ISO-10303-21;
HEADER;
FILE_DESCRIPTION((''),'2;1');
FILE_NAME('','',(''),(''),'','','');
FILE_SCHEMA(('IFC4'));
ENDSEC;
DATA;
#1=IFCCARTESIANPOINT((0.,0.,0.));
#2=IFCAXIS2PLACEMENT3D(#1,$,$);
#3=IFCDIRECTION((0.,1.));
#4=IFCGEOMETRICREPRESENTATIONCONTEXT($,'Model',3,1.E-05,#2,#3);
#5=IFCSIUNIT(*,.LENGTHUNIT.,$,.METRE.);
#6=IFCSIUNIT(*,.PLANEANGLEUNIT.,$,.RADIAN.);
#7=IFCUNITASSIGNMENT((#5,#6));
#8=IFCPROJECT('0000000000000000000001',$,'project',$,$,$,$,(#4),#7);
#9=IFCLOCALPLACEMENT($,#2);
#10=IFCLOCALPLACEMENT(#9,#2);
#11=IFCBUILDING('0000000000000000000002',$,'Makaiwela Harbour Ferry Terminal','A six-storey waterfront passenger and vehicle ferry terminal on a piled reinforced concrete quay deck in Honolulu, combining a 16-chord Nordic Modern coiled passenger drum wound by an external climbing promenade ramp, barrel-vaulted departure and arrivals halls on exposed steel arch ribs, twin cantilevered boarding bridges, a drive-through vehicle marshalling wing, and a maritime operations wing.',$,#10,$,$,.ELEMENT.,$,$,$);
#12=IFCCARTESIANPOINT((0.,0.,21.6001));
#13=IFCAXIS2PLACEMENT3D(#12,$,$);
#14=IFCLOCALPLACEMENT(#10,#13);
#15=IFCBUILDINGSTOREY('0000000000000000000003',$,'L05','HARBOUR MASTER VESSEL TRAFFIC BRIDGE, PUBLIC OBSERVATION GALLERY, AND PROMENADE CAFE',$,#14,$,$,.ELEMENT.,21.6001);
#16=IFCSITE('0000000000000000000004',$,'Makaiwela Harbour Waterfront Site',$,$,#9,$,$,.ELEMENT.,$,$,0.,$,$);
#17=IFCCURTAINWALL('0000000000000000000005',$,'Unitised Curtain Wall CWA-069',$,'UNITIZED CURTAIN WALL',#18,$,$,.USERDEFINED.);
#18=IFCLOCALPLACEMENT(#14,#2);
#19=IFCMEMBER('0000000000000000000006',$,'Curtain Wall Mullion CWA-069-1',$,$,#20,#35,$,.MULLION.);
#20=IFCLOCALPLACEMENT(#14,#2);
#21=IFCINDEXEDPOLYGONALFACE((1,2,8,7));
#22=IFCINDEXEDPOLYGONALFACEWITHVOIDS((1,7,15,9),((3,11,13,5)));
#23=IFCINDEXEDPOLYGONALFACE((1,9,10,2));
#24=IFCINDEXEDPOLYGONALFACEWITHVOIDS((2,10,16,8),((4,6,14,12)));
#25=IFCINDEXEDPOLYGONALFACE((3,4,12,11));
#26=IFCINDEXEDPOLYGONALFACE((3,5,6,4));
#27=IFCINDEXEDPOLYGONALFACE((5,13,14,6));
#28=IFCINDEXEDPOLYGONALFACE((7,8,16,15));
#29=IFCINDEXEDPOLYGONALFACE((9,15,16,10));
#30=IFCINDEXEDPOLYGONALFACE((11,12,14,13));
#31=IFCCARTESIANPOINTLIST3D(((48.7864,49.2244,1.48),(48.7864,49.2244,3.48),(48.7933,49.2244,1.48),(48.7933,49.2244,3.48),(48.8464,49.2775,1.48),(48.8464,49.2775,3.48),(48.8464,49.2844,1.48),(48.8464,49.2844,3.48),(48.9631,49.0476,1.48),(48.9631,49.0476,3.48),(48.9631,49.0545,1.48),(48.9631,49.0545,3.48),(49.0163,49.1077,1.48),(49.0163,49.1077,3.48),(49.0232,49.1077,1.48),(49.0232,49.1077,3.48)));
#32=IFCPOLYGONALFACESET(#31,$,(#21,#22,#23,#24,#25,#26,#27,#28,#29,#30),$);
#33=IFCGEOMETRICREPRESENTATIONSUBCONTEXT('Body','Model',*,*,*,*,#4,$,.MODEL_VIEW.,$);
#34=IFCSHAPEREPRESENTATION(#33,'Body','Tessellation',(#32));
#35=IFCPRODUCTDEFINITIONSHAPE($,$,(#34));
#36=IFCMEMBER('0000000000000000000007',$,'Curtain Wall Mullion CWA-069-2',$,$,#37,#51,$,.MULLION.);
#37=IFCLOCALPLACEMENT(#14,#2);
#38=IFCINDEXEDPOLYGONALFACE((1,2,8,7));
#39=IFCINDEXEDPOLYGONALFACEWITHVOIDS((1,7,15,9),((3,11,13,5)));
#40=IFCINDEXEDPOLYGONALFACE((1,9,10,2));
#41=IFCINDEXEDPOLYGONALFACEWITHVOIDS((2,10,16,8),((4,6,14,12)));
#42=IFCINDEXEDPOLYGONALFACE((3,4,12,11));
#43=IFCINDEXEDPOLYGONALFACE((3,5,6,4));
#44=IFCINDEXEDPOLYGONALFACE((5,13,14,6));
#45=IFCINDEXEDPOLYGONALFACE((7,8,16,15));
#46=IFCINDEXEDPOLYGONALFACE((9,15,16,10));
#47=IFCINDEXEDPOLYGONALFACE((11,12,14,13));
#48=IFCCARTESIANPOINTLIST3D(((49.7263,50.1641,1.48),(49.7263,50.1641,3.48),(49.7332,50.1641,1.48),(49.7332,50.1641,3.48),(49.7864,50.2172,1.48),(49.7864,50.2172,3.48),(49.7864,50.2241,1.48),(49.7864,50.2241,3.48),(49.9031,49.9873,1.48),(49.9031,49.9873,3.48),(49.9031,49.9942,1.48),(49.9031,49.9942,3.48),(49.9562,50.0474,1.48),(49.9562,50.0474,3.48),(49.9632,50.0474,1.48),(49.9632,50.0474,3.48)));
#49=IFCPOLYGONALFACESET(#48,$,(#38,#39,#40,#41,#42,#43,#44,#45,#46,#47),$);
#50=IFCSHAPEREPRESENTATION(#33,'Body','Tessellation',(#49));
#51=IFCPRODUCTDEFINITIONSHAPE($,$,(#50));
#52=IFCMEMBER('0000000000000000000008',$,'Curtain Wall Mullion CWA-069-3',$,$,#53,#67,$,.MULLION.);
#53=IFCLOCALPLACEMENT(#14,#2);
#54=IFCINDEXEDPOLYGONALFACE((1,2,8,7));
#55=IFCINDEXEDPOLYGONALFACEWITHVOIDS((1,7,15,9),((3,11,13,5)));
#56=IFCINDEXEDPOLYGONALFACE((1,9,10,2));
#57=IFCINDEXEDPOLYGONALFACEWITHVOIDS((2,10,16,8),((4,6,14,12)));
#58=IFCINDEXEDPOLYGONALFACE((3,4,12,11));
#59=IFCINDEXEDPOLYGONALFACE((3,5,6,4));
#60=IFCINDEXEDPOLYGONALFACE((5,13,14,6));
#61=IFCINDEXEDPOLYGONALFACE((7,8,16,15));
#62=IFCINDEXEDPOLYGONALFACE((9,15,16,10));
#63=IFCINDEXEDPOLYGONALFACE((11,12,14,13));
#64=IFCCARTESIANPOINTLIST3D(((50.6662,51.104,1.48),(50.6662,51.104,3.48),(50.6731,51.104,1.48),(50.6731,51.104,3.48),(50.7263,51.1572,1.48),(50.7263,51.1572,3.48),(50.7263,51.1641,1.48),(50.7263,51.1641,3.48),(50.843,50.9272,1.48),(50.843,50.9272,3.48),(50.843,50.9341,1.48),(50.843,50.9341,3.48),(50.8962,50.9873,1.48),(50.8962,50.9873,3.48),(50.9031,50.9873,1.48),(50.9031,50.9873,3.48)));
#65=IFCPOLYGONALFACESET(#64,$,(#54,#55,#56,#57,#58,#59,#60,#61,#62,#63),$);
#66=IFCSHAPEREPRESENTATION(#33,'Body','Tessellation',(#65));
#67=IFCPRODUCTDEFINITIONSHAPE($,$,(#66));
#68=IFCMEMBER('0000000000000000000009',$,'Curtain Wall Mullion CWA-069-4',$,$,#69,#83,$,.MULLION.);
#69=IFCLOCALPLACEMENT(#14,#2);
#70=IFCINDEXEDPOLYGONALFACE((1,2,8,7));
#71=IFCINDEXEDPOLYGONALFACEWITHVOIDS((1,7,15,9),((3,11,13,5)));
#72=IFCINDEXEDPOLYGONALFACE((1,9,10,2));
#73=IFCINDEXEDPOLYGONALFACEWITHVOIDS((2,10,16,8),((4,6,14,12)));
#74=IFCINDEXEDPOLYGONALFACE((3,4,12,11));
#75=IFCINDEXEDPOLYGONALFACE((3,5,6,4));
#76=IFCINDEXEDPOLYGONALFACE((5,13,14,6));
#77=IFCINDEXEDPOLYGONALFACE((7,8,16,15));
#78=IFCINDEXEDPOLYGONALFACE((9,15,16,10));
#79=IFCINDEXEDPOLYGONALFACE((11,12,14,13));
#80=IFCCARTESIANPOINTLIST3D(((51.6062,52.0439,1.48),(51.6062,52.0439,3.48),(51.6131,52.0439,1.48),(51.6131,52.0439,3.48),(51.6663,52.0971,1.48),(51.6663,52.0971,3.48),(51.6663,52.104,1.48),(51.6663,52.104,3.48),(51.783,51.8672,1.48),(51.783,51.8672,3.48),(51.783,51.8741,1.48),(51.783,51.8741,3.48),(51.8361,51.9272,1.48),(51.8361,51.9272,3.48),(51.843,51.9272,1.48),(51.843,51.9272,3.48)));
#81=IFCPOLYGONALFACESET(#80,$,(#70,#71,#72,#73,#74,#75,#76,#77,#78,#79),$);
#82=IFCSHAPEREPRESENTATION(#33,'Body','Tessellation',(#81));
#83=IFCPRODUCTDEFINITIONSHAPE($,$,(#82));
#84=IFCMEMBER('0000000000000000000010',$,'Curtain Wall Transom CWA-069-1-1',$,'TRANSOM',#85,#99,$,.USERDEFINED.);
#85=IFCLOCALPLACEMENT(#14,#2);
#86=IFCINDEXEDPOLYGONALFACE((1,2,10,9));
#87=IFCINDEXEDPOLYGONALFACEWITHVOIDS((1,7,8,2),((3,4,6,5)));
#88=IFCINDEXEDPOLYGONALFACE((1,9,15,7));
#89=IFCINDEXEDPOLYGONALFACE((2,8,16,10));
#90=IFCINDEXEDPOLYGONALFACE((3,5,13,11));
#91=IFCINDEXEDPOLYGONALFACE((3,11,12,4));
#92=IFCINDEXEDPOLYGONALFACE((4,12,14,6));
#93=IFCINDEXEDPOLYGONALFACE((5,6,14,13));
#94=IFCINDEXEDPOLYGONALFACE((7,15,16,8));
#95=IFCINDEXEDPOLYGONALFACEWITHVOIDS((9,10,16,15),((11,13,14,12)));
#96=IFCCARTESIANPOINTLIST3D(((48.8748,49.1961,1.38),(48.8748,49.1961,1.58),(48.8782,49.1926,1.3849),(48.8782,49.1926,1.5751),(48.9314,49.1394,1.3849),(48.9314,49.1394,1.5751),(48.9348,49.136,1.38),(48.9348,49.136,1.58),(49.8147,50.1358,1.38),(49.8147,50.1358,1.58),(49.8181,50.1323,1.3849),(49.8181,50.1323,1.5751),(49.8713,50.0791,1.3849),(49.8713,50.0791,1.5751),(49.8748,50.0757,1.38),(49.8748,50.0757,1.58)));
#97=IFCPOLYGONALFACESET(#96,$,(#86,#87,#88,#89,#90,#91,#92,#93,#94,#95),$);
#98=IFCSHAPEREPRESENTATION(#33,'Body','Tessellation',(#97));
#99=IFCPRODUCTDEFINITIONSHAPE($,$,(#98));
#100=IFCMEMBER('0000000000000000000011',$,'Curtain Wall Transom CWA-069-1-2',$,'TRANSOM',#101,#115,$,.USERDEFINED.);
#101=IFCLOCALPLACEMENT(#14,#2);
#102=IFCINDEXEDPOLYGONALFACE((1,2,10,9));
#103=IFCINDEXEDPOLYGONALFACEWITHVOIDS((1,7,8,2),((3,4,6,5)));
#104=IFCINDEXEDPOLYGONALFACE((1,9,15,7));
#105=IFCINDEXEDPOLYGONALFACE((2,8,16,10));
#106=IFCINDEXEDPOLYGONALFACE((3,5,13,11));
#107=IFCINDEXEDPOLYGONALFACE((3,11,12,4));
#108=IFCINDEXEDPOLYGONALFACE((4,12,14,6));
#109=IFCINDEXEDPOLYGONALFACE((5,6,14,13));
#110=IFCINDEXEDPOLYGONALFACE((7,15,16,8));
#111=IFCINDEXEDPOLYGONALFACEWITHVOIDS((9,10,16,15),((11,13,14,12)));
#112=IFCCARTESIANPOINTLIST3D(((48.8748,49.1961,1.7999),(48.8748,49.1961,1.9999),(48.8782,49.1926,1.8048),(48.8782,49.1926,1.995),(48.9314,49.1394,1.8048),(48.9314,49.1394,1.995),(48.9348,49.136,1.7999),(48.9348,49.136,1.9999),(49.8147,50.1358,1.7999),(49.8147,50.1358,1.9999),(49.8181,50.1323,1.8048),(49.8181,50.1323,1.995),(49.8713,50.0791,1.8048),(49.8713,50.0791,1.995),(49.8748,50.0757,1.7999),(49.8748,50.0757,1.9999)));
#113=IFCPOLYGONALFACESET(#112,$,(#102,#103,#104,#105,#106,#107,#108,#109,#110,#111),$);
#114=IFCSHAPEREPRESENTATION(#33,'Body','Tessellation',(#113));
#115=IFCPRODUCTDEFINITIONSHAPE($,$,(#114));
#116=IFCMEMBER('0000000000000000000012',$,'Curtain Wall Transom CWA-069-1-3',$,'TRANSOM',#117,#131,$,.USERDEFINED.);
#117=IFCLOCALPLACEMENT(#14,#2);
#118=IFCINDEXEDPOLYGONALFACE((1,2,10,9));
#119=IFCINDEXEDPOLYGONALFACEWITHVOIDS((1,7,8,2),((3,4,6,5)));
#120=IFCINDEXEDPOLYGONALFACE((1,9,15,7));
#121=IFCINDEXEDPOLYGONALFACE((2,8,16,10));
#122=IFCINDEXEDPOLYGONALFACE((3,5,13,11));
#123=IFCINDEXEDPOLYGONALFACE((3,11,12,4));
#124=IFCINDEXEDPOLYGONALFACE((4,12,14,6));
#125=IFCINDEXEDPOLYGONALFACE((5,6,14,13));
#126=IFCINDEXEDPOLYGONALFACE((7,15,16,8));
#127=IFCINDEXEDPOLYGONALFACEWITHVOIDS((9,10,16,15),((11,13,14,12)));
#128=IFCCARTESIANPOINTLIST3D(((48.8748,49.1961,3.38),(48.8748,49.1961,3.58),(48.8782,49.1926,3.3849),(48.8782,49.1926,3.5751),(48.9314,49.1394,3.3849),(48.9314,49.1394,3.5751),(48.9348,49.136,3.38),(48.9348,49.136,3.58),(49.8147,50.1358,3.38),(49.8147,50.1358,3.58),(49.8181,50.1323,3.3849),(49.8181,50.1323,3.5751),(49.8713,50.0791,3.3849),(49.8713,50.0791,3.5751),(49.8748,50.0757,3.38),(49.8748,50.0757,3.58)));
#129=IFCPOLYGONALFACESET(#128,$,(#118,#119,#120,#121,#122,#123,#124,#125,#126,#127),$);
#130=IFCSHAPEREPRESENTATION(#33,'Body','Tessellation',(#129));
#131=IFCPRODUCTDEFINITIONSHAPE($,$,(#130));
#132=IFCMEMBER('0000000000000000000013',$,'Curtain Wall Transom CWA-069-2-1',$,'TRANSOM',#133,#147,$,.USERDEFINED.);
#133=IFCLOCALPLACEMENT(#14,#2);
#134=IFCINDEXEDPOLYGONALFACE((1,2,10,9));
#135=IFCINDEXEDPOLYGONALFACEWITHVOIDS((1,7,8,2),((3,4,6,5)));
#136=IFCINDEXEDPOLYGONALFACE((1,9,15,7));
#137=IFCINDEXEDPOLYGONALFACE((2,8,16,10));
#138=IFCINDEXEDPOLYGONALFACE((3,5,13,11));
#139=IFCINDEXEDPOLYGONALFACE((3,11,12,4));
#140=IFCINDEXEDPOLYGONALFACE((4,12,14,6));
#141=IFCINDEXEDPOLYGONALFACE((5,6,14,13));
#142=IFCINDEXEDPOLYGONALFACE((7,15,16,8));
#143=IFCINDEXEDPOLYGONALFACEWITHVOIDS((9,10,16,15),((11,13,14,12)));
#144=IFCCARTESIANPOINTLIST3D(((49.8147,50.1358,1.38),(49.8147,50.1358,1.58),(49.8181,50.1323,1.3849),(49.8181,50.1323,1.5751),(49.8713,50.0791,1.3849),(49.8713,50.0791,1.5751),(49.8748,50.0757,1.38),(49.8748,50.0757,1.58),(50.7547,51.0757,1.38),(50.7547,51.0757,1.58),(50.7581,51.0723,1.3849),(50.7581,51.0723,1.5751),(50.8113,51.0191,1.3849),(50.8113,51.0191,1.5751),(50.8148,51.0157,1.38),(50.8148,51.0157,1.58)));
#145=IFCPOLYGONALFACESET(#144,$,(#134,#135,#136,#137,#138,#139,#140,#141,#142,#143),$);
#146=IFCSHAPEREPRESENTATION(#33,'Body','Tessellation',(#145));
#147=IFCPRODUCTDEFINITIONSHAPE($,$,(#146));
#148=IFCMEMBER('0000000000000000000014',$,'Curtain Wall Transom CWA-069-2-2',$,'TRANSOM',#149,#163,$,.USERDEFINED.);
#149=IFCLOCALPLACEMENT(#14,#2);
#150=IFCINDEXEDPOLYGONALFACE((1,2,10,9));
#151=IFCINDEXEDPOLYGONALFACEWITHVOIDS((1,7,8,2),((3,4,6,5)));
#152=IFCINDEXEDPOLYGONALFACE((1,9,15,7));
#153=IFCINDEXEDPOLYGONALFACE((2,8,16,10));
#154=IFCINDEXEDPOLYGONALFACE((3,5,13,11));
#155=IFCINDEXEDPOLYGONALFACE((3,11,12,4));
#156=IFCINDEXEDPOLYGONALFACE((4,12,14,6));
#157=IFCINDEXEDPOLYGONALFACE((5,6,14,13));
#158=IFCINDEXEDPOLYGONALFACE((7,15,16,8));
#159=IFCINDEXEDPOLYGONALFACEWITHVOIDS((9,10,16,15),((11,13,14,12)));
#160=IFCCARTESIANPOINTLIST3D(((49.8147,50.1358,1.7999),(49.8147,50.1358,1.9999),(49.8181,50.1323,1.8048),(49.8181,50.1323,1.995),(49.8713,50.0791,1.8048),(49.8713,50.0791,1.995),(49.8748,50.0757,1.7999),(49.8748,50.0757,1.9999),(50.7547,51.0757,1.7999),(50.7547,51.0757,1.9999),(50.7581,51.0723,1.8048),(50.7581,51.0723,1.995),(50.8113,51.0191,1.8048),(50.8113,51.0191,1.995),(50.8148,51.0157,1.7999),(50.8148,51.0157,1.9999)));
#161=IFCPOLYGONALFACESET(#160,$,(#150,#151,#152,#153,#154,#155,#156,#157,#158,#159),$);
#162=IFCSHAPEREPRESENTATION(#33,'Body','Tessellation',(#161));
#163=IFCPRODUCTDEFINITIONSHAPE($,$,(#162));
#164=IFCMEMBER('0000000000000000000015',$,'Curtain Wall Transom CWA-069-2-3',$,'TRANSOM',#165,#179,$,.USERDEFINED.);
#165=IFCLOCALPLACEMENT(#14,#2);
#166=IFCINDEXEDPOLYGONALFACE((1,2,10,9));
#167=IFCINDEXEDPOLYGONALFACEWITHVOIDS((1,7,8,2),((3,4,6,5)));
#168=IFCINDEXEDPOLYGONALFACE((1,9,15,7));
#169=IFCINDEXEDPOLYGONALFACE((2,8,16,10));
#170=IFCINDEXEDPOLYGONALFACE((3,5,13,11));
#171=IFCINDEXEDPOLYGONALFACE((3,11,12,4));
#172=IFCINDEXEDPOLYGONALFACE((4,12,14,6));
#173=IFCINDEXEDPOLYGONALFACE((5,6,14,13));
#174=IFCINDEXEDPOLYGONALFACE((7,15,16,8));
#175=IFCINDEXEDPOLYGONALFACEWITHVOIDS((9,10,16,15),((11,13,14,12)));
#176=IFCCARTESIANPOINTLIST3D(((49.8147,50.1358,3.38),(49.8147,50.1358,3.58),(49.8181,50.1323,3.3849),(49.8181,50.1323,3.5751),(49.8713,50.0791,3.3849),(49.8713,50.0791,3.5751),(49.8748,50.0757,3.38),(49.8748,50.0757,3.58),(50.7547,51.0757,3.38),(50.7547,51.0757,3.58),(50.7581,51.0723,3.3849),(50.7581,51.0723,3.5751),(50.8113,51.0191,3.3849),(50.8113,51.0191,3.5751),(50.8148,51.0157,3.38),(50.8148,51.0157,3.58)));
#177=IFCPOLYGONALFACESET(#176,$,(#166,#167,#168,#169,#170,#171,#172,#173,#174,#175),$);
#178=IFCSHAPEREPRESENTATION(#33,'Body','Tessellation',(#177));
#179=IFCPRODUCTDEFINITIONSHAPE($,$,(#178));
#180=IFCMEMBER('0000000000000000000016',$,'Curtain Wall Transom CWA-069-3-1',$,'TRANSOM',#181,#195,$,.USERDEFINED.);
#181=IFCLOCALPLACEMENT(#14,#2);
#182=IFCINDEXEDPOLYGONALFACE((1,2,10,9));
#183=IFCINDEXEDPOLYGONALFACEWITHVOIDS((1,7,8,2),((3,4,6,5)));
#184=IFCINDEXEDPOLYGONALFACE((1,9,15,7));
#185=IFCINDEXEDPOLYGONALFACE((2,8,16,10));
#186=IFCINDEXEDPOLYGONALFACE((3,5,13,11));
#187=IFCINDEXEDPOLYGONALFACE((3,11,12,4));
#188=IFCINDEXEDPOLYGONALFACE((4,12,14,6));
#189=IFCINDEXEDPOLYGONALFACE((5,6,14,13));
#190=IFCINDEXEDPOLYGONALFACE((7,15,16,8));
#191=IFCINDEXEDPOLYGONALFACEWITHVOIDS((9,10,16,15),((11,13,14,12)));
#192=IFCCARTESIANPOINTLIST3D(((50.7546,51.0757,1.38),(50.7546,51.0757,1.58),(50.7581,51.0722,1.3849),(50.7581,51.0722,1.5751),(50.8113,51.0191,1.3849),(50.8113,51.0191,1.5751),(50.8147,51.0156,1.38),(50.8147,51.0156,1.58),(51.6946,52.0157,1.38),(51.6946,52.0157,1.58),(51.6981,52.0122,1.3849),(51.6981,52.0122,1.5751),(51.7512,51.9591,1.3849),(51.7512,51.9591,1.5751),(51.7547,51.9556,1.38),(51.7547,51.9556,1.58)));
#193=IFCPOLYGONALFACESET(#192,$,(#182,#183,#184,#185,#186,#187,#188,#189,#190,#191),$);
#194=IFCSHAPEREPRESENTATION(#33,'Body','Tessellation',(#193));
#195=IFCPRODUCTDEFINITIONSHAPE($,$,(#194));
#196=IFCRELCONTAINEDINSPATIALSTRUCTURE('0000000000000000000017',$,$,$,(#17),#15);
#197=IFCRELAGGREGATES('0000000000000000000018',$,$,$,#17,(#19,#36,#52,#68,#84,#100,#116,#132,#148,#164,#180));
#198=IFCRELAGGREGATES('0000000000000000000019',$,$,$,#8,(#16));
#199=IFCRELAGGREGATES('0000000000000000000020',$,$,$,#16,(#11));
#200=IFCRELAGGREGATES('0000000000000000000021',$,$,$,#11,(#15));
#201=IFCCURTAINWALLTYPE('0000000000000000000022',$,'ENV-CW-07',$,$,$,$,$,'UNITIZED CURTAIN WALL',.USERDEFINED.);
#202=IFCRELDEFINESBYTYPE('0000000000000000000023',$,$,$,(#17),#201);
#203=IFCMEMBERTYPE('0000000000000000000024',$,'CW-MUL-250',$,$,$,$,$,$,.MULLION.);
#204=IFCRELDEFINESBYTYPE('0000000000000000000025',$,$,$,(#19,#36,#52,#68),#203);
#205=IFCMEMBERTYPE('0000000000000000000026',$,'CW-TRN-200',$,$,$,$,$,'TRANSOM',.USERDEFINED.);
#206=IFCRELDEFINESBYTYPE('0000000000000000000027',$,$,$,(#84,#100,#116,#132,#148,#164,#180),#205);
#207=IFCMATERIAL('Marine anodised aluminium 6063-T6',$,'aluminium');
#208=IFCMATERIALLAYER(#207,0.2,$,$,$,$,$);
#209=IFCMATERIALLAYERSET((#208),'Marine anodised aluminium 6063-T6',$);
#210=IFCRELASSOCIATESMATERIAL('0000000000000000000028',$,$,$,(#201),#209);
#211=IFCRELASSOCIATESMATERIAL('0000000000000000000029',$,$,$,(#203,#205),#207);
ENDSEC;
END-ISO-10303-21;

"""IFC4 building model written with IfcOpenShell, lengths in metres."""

from ifc_helpers import new_model, si_unit, direction, frame, origin, origin_2d, place, context, subcontext, project, spatial, hollow_rectangle, extrude, material, layer, layer_set, material_profile, profile_set, type_object, element, aggregate, save


model = new_model("IFC4")

# Units and contexts
model_context = context("Model", 3, precision=1e-05, world=origin(), true_north=direction((0.0, 1.0)))
body_context = subcontext(model_context, "Body", "Model", "MODEL_VIEW")
ifc_project = project(units=[si_unit("LENGTHUNIT", "METRE"), si_unit("PLANEANGLEUNIT", "RADIAN")], contexts=[model_context])

# Site, building, storey
site_placement = place(None, origin())
site = spatial("IfcSite", under=ifc_project, at=site_placement, Name="Makaiwela Harbour Waterfront Site", CompositionType="ELEMENT", RefElevation=0.0)
building_placement = place(site_placement, origin())
building = spatial("IfcBuilding", under=site, at=building_placement, Name="Makaiwela Harbour Ferry Terminal", Description="A six-storey waterfront passenger and vehicle ferry terminal on a piled reinforced concrete quay deck in Honolulu, combining a 16-chord Nordic Modern coiled passenger drum wound by an external climbing promenade ramp, barrel-vaulted departure and arrivals halls on exposed steel arch ribs, twin cantilevered boarding bridges, a drive-through vehicle marshalling wing, and a maritime operations wing.", CompositionType="ELEMENT")
storey_placement = place(building_placement, frame((0.0, 0.0, 21.6001)))
storey = spatial("IfcBuildingStorey", under=building, at=storey_placement, Name="L05", Description="HARBOUR MASTER VESSEL TRAFFIC BRIDGE, PUBLIC OBSERVATION GALLERY, AND PROMENADE CAFE", CompositionType="ELEMENT", Elevation=21.6001)

# Curtain wall, members
ifc_material_1 = material(Name="Marine anodised aluminium 6063-T6", Category="aluminium")
ifc_layer_1 = layer(ifc_material_1, 0.2)
ifc_layer_set_1 = layer_set([ifc_layer_1], Name="Marine anodised aluminium 6063-T6")
curtain_wall_type = type_object("IfcCurtainWallType", Name="ENV-CW-07", ElementType="UNITIZED CURTAIN WALL", PredefinedType="USERDEFINED", material=ifc_layer_set_1)
curtain_wall_placement = place(storey_placement, origin())
curtain_wall = element("IfcCurtainWall", 1, at=curtain_wall_placement, inside=storey, type_object=curtain_wall_type, Name="Unitised Curtain Wall CWA-069", ObjectType="UNITIZED CURTAIN WALL", PredefinedType="USERDEFINED")
ifc_material_profile_1 = material_profile(ifc_material_1, hollow_rectangle(XDim=0.085, YDim=0.25, WallThickness=0.0049, at=origin_2d()), Name="CWM-250X85")
ifc_profile_set_1 = profile_set([ifc_material_profile_1], Name="Marine anodised aluminium 6063-T6")
member_type_1 = type_object("IfcMemberType", Name="CW-MUL-250", PredefinedType="MULLION", material=ifc_profile_set_1)
member_1_placement = place(storey_placement, frame((48.9048, 49.166, 1.48), z_axis=(0.0, 0.0, 1.0), x_axis=(0.707107, 0.707107, 0.0)))
member_1 = element("IfcMember", 2, at=member_1_placement, type_object=member_type_1, Name="Curtain Wall Mullion CWA-069-1", PredefinedType="MULLION", context=body_context, shape_type="SweptSolid", body=[
    extrude(hollow_rectangle(XDim=0.085, YDim=0.25, WallThickness=0.0049, at=origin_2d()), origin(), (0.0, 0.0, 1.0), 2.0),
])
member_2_placement = place(storey_placement, frame((49.8447, 50.1057, 1.48), z_axis=(0.0, 0.0, 1.0), x_axis=(0.707107, 0.707107, 0.0)))
member_2 = element("IfcMember", 3, at=member_2_placement, type_object=member_type_1, Name="Curtain Wall Mullion CWA-069-2", PredefinedType="MULLION", context=body_context, shape_type="SweptSolid", body=[
    extrude(hollow_rectangle(XDim=0.085, YDim=0.25, WallThickness=0.0049, at=origin_2d()), origin(), (0.0, 0.0, 1.0), 2.0),
])
member_3_placement = place(storey_placement, frame((50.7847, 51.0457, 1.48), z_axis=(0.0, 0.0, 1.0), x_axis=(0.707107, 0.707107, 0.0)))
member_3 = element("IfcMember", 4, at=member_3_placement, type_object=member_type_1, Name="Curtain Wall Mullion CWA-069-3", PredefinedType="MULLION", context=body_context, shape_type="SweptSolid", body=[
    extrude(hollow_rectangle(XDim=0.085, YDim=0.25, WallThickness=0.0049, at=origin_2d()), origin(), (0.0, 0.0, 1.0), 2.0),
])
member_4_placement = place(storey_placement, frame((51.7246, 51.9856, 1.48), z_axis=(0.0, 0.0, 1.0), x_axis=(0.707107, 0.707107, 0.0)))
member_4 = element("IfcMember", 5, at=member_4_placement, type_object=member_type_1, Name="Curtain Wall Mullion CWA-069-4", PredefinedType="MULLION", context=body_context, shape_type="SweptSolid", body=[
    extrude(hollow_rectangle(XDim=0.085, YDim=0.25, WallThickness=0.0049, at=origin_2d()), origin(), (0.0, 0.0, 1.0), 2.0),
])
ifc_material_profile_2 = material_profile(ifc_material_1, hollow_rectangle(XDim=0.085, YDim=0.2, WallThickness=0.0049, at=origin_2d()), Name="CWT-200X85")
ifc_profile_set_2 = profile_set([ifc_material_profile_2], Name="Marine anodised aluminium 6063-T6")
member_type_2 = type_object("IfcMemberType", Name="CW-TRN-200", ElementType="TRANSOM", PredefinedType="USERDEFINED", material=ifc_profile_set_2)
member_5_placement = place(storey_placement, frame((48.9048, 49.166, 1.48), z_axis=(0.707199, 0.707015, 0.0), x_axis=(-0.707015, 0.707199, 0.0)))
member_5 = element("IfcMember", 6, at=member_5_placement, type_object=member_type_2, Name="Curtain Wall Transom CWA-069-1-1", ObjectType="TRANSOM", PredefinedType="USERDEFINED", context=body_context, shape_type="SweptSolid", body=[
    extrude(hollow_rectangle(XDim=0.085, YDim=0.2, WallThickness=0.0049, at=origin_2d()), origin(), (0.0, 0.0, 1.0), 1.3291),
])
member_6_placement = place(storey_placement, frame((48.9048, 49.166, 1.8999), z_axis=(0.707199, 0.707015, 0.0), x_axis=(-0.707015, 0.707199, 0.0)))
member_6 = element("IfcMember", 7, at=member_6_placement, type_object=member_type_2, Name="Curtain Wall Transom CWA-069-1-2", ObjectType="TRANSOM", PredefinedType="USERDEFINED", context=body_context, shape_type="SweptSolid", body=[
    extrude(hollow_rectangle(XDim=0.085, YDim=0.2, WallThickness=0.0049, at=origin_2d()), origin(), (0.0, 0.0, 1.0), 1.3291),
])
member_7_placement = place(storey_placement, frame((48.9048, 49.166, 3.48), z_axis=(0.707199, 0.707015, 0.0), x_axis=(-0.707015, 0.707199, 0.0)))
member_7 = element("IfcMember", 8, at=member_7_placement, type_object=member_type_2, Name="Curtain Wall Transom CWA-069-1-3", ObjectType="TRANSOM", PredefinedType="USERDEFINED", context=body_context, shape_type="SweptSolid", body=[
    extrude(hollow_rectangle(XDim=0.085, YDim=0.2, WallThickness=0.0049, at=origin_2d()), origin(), (0.0, 0.0, 1.0), 1.3291),
])
member_8_placement = place(storey_placement, frame((49.8447, 50.1057, 1.48), z_axis=(0.707107, 0.707107, 0.0), x_axis=(-0.707107, 0.707107, 0.0)))
member_8 = element("IfcMember", 9, at=member_8_placement, type_object=member_type_2, Name="Curtain Wall Transom CWA-069-2-1", ObjectType="TRANSOM", PredefinedType="USERDEFINED", context=body_context, shape_type="SweptSolid", body=[
    extrude(hollow_rectangle(XDim=0.085, YDim=0.2, WallThickness=0.0049, at=origin_2d()), origin(), (0.0, 0.0, 1.0), 1.3293),
])
member_9_placement = place(storey_placement, frame((49.8447, 50.1057, 1.8999), z_axis=(0.707107, 0.707107, 0.0), x_axis=(-0.707107, 0.707107, 0.0)))
member_9 = element("IfcMember", 10, at=member_9_placement, type_object=member_type_2, Name="Curtain Wall Transom CWA-069-2-2", ObjectType="TRANSOM", PredefinedType="USERDEFINED", context=body_context, shape_type="SweptSolid", body=[
    extrude(hollow_rectangle(XDim=0.085, YDim=0.2, WallThickness=0.0049, at=origin_2d()), origin(), (0.0, 0.0, 1.0), 1.3293),
])
member_10_placement = place(storey_placement, frame((49.8447, 50.1057, 3.48), z_axis=(0.707107, 0.707107, 0.0), x_axis=(-0.707107, 0.707107, 0.0)))
member_10 = element("IfcMember", 11, at=member_10_placement, type_object=member_type_2, Name="Curtain Wall Transom CWA-069-2-3", ObjectType="TRANSOM", PredefinedType="USERDEFINED", context=body_context, shape_type="SweptSolid", body=[
    extrude(hollow_rectangle(XDim=0.085, YDim=0.2, WallThickness=0.0049, at=origin_2d()), origin(), (0.0, 0.0, 1.0), 1.3293),
])
member_11_placement = place(storey_placement, frame((50.7847, 51.0457, 1.48), z_axis=(0.707107, 0.707107, 0.0), x_axis=(-0.707107, 0.707107, 0.0)))
member_11 = element("IfcMember", 12, at=member_11_placement, type_object=member_type_2, Name="Curtain Wall Transom CWA-069-3-1", ObjectType="TRANSOM", PredefinedType="USERDEFINED", context=body_context, shape_type="SweptSolid", body=[
    extrude(hollow_rectangle(XDim=0.085, YDim=0.2, WallThickness=0.0049, at=origin_2d()), origin(), (0.0, 0.0, 1.0), 1.3293),
])

aggregate(curtain_wall, [member_1, member_2, member_3, member_4, member_5, member_6, member_7, member_8, member_9, member_10, member_11])

save(model, "model.ifc")
